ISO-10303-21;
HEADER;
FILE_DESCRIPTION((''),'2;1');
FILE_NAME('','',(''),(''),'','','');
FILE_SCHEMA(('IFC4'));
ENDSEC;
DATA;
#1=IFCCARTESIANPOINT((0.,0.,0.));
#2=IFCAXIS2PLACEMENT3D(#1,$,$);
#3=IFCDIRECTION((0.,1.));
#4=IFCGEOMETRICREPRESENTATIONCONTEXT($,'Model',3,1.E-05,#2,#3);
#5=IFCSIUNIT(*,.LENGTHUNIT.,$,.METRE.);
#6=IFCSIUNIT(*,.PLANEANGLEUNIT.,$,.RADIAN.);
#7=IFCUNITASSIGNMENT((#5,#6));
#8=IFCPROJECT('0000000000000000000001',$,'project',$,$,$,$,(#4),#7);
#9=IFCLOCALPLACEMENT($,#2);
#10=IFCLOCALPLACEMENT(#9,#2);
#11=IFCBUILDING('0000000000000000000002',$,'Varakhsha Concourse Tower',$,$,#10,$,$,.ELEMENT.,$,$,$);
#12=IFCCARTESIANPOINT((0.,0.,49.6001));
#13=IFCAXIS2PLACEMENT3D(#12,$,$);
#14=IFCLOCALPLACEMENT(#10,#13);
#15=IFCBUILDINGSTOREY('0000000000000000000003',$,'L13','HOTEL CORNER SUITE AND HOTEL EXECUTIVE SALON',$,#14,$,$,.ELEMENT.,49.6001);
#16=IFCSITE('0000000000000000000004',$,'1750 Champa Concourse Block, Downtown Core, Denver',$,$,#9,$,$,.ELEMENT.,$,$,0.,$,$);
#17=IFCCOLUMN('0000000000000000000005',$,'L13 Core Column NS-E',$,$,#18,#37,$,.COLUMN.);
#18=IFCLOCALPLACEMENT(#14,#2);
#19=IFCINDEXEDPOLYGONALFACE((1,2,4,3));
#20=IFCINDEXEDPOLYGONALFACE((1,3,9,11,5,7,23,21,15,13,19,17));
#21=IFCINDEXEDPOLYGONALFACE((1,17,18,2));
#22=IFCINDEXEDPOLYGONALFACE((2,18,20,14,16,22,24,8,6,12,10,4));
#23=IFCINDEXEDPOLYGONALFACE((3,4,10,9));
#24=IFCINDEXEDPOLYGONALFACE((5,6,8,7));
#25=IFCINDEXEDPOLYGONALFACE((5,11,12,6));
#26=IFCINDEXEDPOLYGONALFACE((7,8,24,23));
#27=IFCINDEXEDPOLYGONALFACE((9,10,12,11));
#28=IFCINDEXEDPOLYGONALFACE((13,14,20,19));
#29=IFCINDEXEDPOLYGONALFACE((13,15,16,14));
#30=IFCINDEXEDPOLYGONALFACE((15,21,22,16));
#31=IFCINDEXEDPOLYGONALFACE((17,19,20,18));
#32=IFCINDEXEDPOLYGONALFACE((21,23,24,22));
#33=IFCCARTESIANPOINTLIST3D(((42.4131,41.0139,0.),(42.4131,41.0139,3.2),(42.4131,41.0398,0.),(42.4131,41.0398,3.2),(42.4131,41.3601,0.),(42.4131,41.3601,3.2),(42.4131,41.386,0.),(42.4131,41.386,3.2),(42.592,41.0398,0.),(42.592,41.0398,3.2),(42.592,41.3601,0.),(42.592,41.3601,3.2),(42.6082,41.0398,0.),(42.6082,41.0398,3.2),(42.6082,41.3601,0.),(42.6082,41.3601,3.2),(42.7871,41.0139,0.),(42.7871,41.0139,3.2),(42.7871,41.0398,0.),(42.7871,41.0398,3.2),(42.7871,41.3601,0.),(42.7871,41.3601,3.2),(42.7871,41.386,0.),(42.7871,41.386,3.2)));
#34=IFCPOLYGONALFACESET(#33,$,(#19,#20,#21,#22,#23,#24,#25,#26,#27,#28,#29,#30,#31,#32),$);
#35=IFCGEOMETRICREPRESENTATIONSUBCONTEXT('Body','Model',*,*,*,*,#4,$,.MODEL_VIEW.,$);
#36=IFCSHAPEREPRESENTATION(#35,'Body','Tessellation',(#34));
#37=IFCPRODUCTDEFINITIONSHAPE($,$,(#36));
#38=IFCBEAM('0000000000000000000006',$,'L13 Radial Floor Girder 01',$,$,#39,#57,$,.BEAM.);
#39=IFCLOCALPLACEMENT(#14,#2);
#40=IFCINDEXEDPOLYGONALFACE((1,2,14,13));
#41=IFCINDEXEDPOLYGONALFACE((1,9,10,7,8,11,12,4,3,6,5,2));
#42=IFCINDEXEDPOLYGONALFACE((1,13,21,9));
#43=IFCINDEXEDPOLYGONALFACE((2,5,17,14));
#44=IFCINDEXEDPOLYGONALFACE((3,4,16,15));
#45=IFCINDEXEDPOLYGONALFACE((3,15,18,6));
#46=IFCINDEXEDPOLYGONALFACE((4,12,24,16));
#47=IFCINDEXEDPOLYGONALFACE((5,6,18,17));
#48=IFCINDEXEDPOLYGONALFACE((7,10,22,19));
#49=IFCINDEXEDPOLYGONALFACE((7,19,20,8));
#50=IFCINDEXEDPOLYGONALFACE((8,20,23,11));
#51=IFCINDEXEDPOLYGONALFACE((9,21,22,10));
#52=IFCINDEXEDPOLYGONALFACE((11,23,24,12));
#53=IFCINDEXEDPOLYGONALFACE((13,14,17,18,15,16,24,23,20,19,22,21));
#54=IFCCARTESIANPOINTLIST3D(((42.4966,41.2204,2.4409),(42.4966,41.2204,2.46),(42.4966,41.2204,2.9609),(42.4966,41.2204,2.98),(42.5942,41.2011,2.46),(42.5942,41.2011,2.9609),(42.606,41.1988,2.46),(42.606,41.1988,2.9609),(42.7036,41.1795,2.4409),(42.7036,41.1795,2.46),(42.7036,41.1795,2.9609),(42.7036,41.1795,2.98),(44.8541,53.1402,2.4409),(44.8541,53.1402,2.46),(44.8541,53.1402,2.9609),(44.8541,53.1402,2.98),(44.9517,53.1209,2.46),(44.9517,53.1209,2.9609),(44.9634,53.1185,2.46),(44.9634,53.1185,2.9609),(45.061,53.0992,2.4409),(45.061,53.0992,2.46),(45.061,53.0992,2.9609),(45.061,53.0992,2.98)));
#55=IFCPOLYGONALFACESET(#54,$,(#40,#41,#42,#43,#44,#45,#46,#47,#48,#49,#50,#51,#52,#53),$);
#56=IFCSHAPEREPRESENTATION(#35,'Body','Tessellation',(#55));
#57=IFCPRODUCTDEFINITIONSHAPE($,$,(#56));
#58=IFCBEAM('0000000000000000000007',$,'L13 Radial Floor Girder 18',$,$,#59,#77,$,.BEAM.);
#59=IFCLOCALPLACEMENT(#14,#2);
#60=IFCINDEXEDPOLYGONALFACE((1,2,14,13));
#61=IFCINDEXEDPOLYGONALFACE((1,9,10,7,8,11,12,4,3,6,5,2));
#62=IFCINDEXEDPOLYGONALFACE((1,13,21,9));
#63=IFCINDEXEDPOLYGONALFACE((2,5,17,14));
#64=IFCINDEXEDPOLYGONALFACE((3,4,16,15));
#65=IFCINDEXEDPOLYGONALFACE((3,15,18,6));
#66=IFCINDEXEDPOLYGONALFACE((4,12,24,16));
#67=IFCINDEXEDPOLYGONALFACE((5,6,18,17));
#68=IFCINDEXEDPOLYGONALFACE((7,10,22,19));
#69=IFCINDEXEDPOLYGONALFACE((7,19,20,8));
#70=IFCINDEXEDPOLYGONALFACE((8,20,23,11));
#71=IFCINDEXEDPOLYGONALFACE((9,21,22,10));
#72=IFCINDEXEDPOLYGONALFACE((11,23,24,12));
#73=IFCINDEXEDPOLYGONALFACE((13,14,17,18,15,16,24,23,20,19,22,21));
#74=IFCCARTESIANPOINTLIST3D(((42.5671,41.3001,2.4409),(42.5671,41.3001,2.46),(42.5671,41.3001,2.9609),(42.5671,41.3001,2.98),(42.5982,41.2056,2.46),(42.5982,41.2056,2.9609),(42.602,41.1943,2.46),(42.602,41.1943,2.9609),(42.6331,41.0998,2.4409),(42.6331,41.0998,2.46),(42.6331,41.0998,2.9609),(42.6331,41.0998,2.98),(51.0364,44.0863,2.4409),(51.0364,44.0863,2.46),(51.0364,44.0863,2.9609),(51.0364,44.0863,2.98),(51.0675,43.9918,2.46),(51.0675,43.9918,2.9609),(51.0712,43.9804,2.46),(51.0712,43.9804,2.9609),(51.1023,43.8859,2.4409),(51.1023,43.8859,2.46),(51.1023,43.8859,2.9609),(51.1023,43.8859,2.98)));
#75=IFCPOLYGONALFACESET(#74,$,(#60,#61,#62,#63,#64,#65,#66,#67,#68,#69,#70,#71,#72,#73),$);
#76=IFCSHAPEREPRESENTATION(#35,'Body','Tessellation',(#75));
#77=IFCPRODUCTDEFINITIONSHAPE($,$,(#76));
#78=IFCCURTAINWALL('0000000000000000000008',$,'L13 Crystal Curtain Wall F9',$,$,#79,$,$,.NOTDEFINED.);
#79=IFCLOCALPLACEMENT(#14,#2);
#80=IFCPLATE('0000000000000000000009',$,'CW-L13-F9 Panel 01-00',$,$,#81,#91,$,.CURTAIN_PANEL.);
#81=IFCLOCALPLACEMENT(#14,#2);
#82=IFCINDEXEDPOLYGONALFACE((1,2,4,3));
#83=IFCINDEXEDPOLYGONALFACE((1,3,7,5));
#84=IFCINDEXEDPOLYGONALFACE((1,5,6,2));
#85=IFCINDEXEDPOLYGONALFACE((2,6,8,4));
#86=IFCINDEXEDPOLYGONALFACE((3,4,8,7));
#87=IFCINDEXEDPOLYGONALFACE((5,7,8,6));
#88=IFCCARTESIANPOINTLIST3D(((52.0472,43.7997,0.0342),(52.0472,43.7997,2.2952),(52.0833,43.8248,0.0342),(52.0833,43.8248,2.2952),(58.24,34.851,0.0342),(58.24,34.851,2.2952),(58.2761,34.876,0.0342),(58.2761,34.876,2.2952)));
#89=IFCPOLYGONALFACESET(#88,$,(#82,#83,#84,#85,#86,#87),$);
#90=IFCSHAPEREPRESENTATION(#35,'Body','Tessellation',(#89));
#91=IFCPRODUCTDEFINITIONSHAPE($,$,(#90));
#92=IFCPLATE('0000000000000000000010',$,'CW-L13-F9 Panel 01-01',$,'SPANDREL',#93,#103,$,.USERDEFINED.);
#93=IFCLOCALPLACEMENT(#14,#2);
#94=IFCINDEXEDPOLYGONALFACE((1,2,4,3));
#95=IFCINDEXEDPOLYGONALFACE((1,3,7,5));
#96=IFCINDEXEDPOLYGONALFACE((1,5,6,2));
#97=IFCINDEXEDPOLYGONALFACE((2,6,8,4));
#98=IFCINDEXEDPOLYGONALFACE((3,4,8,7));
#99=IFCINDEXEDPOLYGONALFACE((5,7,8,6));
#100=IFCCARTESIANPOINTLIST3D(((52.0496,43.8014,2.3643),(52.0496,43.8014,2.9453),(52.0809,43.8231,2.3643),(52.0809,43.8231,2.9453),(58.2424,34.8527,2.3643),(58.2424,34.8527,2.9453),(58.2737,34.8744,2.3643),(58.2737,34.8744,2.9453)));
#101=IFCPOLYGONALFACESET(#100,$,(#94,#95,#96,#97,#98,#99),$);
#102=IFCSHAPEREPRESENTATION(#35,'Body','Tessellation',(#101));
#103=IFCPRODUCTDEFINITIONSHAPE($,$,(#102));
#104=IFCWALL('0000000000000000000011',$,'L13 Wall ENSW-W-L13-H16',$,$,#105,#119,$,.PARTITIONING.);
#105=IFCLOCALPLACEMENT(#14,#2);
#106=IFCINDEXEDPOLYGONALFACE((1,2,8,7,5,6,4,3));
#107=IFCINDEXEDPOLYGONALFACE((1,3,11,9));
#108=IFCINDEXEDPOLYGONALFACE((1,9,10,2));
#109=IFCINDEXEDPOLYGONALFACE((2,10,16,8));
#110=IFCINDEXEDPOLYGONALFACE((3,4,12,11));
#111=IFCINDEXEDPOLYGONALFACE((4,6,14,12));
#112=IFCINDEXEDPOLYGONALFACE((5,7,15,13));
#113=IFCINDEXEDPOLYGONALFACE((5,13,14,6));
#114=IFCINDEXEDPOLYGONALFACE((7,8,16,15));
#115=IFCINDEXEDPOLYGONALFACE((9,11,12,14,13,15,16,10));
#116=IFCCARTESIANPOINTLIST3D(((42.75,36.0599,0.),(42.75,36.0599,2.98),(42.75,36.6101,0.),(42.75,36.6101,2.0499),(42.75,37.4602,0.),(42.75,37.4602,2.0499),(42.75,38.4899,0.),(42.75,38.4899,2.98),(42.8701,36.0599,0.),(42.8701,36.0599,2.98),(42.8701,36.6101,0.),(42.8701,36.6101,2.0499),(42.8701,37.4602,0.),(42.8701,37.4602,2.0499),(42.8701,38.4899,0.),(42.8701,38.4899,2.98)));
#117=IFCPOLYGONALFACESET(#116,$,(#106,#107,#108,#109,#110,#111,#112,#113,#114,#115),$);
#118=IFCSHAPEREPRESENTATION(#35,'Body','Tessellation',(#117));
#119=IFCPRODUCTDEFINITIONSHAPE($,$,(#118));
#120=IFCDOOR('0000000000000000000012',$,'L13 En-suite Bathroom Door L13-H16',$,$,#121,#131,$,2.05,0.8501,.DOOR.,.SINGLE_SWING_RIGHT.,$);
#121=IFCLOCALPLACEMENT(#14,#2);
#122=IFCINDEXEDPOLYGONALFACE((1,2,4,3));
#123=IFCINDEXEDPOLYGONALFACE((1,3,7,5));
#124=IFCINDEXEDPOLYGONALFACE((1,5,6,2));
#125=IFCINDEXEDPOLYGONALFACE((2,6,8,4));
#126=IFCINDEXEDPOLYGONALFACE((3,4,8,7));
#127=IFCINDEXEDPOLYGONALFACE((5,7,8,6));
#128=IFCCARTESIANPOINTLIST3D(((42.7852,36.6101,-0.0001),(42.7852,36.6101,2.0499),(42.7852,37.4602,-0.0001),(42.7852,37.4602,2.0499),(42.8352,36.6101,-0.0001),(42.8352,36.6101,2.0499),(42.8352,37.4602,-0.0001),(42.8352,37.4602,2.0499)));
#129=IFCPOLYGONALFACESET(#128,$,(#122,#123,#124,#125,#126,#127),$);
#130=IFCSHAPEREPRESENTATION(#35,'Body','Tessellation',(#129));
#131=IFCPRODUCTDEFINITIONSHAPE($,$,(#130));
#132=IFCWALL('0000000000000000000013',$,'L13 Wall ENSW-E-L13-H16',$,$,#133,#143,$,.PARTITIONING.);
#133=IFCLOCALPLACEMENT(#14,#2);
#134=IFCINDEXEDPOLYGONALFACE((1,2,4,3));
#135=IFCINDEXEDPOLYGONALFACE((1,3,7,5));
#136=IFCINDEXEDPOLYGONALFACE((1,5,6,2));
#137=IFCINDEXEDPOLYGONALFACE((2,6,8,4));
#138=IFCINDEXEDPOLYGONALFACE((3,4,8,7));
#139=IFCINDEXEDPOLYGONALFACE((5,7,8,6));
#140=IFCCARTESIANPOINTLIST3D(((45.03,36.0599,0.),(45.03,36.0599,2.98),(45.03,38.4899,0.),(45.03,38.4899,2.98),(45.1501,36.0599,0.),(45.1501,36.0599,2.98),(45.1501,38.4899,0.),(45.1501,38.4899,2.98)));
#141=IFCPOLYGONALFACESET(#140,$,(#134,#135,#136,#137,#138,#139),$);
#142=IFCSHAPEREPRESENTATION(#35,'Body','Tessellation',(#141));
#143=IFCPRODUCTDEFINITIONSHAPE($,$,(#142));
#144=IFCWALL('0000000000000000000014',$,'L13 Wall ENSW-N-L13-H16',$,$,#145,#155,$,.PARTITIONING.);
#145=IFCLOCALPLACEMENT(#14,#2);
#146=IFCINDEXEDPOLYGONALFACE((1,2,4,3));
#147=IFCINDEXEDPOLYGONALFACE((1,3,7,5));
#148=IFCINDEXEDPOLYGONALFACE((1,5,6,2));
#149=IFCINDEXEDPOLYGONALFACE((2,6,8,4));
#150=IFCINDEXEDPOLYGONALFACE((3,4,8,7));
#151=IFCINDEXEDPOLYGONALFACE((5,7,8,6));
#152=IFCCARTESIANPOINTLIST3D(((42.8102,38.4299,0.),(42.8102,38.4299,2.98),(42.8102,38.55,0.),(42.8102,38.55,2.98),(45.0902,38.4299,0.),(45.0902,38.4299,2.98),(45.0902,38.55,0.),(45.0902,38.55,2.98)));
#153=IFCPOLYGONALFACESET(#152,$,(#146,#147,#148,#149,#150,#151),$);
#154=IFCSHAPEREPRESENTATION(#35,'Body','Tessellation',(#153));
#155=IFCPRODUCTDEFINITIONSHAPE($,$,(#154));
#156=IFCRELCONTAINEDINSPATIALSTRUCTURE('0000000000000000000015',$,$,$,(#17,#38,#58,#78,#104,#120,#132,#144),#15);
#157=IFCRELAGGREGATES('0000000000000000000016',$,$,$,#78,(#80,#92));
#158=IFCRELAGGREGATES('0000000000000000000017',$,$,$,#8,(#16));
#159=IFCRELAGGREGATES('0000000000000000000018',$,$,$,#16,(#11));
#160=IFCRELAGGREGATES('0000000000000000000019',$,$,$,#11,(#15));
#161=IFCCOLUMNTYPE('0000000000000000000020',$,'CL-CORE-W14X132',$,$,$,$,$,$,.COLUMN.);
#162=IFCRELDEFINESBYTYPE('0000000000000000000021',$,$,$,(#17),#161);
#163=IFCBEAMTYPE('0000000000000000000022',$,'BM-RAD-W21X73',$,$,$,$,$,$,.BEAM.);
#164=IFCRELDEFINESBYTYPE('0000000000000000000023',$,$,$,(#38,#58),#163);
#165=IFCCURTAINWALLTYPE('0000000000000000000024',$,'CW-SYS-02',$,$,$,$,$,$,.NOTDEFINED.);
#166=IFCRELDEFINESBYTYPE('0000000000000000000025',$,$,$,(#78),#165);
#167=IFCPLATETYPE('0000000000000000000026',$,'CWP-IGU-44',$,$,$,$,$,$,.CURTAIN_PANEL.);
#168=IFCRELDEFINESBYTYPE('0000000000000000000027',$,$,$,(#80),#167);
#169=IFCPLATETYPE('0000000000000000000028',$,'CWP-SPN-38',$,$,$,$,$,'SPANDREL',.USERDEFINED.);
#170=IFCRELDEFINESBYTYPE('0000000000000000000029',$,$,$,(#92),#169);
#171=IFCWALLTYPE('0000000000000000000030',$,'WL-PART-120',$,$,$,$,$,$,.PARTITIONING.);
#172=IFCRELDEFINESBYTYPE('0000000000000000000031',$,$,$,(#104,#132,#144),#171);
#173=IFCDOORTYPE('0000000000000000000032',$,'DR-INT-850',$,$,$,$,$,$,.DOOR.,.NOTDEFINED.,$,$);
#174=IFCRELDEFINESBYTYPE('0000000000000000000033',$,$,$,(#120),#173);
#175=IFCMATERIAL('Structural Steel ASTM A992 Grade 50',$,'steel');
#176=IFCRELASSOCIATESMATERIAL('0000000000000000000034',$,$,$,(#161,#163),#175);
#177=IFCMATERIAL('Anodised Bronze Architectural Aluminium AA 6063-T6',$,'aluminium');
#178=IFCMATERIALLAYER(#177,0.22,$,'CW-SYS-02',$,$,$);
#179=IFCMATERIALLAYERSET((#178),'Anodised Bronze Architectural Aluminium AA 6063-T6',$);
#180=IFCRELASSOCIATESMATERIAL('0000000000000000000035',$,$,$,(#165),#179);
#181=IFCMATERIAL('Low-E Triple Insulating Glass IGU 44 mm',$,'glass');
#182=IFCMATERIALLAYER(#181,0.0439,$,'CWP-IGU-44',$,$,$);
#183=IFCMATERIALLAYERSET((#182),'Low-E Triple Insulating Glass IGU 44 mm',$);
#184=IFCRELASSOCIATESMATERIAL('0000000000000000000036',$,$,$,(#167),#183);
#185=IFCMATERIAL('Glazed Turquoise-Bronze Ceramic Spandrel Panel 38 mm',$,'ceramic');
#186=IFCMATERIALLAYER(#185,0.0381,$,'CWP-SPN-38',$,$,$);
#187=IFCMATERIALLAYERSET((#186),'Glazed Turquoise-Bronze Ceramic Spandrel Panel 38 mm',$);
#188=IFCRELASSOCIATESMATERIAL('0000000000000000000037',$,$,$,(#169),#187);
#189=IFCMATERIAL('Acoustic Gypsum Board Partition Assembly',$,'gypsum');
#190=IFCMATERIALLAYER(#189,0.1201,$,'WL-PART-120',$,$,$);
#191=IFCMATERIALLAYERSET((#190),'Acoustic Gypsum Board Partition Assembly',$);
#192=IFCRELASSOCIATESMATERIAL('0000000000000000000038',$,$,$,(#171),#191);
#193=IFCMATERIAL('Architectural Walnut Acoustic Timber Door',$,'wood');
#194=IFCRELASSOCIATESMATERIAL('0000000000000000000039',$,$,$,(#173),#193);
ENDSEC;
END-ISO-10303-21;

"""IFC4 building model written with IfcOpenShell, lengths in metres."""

from ifc_helpers import new_model, si_unit, direction, frame, frame_2d, origin, origin_2d, place, context, subcontext, project, spatial, rectangle, i_section, extrude, source, transform, mapped, material, layer, layer_set, material_profile, profile_set, type_object, type_shapes, element, fill, aggregate, save


model = new_model("IFC4")

# Units and contexts
model_context = context("Model", 3, precision=1e-05, world=origin(), true_north=direction((0.0, 1.0)))
body_context = subcontext(model_context, "Body", "Model", "MODEL_VIEW")
ifc_project = project(units=[si_unit("LENGTHUNIT", "METRE"), si_unit("PLANEANGLEUNIT", "RADIAN")], contexts=[model_context])

# Site, building, storey
site_placement = place(None, origin())
site = spatial("IfcSite", under=ifc_project, at=site_placement, Name="1750 Champa Concourse Block, Downtown Core, Denver", CompositionType="ELEMENT", RefElevation=0.0)
building_placement = place(site_placement, origin())
building = spatial("IfcBuilding", under=site, at=building_placement, Name="Varakhsha Concourse Tower", CompositionType="ELEMENT")
storey_placement = place(building_placement, frame((0.0, 0.0, 49.6001)))
storey = spatial("IfcBuildingStorey", under=building, at=storey_placement, Name="L13", Description="HOTEL CORNER SUITE AND HOTEL EXECUTIVE SALON", CompositionType="ELEMENT", Elevation=49.6001)

# Column
ifc_material_1 = material(Name="Structural Steel ASTM A992 Grade 50", Category="steel")
ifc_material_profile_1 = material_profile(ifc_material_1, i_section(OverallWidth=0.374, OverallDepth=0.3721, WebThickness=0.0161, FlangeThickness=0.0259, at=origin_2d()), Name="W14X132")
ifc_profile_set_1 = profile_set([ifc_material_profile_1], Name="Structural Steel ASTM A992 Grade 50")
column_type = type_object("IfcColumnType", Name="CL-CORE-W14X132", PredefinedType="COLUMN", material=ifc_profile_set_1)
column_placement = place(storey_placement, frame((42.6001, 41.2, 0.0), z_axis=(0.0, 0.0, 1.0), x_axis=(1.0, 0.0, 0.0)))
element("IfcColumn", 1, at=column_placement, inside=storey, type_object=column_type, Name="L13 Core Column NS-E", PredefinedType="COLUMN", context=body_context, shape_type="SweptSolid", body=[
    extrude(i_section(OverallWidth=0.374, OverallDepth=0.3721, WebThickness=0.0161, FlangeThickness=0.0259, at=origin_2d()), origin(), (0.0, 0.0, 1.0), 3.2),
])

# Beams
ifc_material_profile_2 = material_profile(ifc_material_1, i_section(OverallWidth=0.2109, OverallDepth=0.5391, WebThickness=0.012, FlangeThickness=0.019, at=origin_2d()), Name="W21X73")
ifc_profile_set_2 = profile_set([ifc_material_profile_2], Name="Structural Steel ASTM A992 Grade 50")
beam_type = type_object("IfcBeamType", Name="BM-RAD-W21X73", PredefinedType="BEAM", material=ifc_profile_set_2)
beam_1_placement = place(storey_placement, frame((42.6001, 41.2, 2.7104), z_axis=(0.194018, 0.980998, 0.0), x_axis=(-0.980998, 0.194018, 0.0)))
element("IfcBeam", 2, at=beam_1_placement, inside=storey, type_object=beam_type, Name="L13 Radial Floor Girder 01", PredefinedType="BEAM", context=body_context, shape_type="SweptSolid", body=[
    extrude(i_section(OverallWidth=0.2109, OverallDepth=0.5391, WebThickness=0.012, FlangeThickness=0.019, at=origin_2d()), origin(), (0.0, 0.0, 1.0), 12.1506),
])
beam_2_placement = place(storey_placement, frame((42.6001, 41.2, 2.7104), z_axis=(0.949919, 0.312496, 0.0), x_axis=(-0.312496, 0.949919, 0.0)))
element("IfcBeam", 3, at=beam_2_placement, inside=storey, type_object=beam_type, Name="L13 Radial Floor Girder 18", PredefinedType="BEAM", context=body_context, shape_type="SweptSolid", body=[
    extrude(i_section(OverallWidth=0.2109, OverallDepth=0.5391, WebThickness=0.012, FlangeThickness=0.019, at=origin_2d()), origin(), (0.0, 0.0, 1.0), 8.9158),
])

# Curtain wall, plates
ifc_material_2 = material(Name="Anodised Bronze Architectural Aluminium AA 6063-T6", Category="aluminium")
ifc_layer_1 = layer(ifc_material_2, 0.22, Name="CW-SYS-02")
ifc_layer_set_1 = layer_set([ifc_layer_1], Name="Anodised Bronze Architectural Aluminium AA 6063-T6")
curtain_wall_type = type_object("IfcCurtainWallType", Name="CW-SYS-02", PredefinedType="NOTDEFINED", material=ifc_layer_set_1)
curtain_wall_placement = place(storey_placement, origin())
curtain_wall = element("IfcCurtainWall", 4, at=curtain_wall_placement, inside=storey, type_object=curtain_wall_type, Name="L13 Crystal Curtain Wall F9", PredefinedType="NOTDEFINED")
ifc_material_3 = material(Name="Low-E Triple Insulating Glass IGU 44 mm", Category="glass")
ifc_layer_2 = layer(ifc_material_3, 0.0439, Name="CWP-IGU-44")
ifc_layer_set_2 = layer_set([ifc_layer_2], Name="Low-E Triple Insulating Glass IGU 44 mm")
plate_type_1 = type_object("IfcPlateType", Name="CWP-IGU-44", PredefinedType="CURTAIN_PANEL", material=ifc_layer_set_2)
shared_shape_1 = source(origin(), body_context, "Body", "SweptSolid", [
    extrude(rectangle(XDim=10.8826, YDim=0.0439, at=origin_2d()), origin(), (0.0, 0.0, 1.0), 2.261),
])
type_shapes(plate_type_1, [shared_shape_1])
plate_1_placement = place(storey_placement, frame((55.1616, 39.3379, 0.0342), z_axis=(0.0, 0.0, 1.0), x_axis=(0.569057, -0.822298, 0.0)))
plate_1 = element("IfcPlate", 5, at=plate_1_placement, type_object=plate_type_1, Name="CW-L13-F9 Panel 01-00", PredefinedType="CURTAIN_PANEL", context=body_context, shape_type="MappedRepresentation", body=[
    mapped(shared_shape_1, transform((0.0, 0.0, 0.0), scale=1.0)),
])
ifc_material_4 = material(Name="Glazed Turquoise-Bronze Ceramic Spandrel Panel 38 mm", Category="ceramic")
ifc_layer_3 = layer(ifc_material_4, 0.0381, Name="CWP-SPN-38")
ifc_layer_set_3 = layer_set([ifc_layer_3], Name="Glazed Turquoise-Bronze Ceramic Spandrel Panel 38 mm")
plate_type_2 = type_object("IfcPlateType", Name="CWP-SPN-38", ElementType="SPANDREL", PredefinedType="USERDEFINED", material=ifc_layer_set_3)
shared_shape_2 = source(origin(), body_context, "Body", "SweptSolid", [
    extrude(rectangle(XDim=10.8826, YDim=0.0381, at=origin_2d()), origin(), (0.0, 0.0, 1.0), 0.5811),
])
type_shapes(plate_type_2, [shared_shape_2])
plate_2_placement = place(storey_placement, frame((55.1616, 39.3379, 2.3643), z_axis=(0.0, 0.0, 1.0), x_axis=(0.569057, -0.822298, 0.0)))
plate_2 = element("IfcPlate", 6, at=plate_2_placement, type_object=plate_type_2, Name="CW-L13-F9 Panel 01-01", ObjectType="SPANDREL", PredefinedType="USERDEFINED", context=body_context, shape_type="MappedRepresentation", body=[
    mapped(shared_shape_2, transform((0.0, 0.0, 0.0), scale=1.0)),
])
aggregate(curtain_wall, [plate_1, plate_2])

# Wall, opening, door
ifc_material_5 = material(Name="Acoustic Gypsum Board Partition Assembly", Category="gypsum")
ifc_layer_4 = layer(ifc_material_5, 0.1201, Name="WL-PART-120")
ifc_layer_set_4 = layer_set([ifc_layer_4], Name="Acoustic Gypsum Board Partition Assembly")
wall_type_1 = type_object("IfcWallType", Name="WL-PART-120", PredefinedType="PARTITIONING", material=ifc_layer_set_4)
wall_1_placement = place(storey_placement, frame((42.8101, 36.0601, 0.0), z_axis=(0.0, 0.0, 1.0), x_axis=(0.0, 1.0, 0.0)))
wall_1 = element("IfcWall", 7, at=wall_1_placement, inside=storey, type_object=wall_type_1, Name="L13 Wall ENSW-W-L13-H16", PredefinedType="PARTITIONING", context=body_context, shape_type="SweptSolid", body=[
    extrude(rectangle(XDim=2.4299, YDim=0.1201, at=frame_2d((1.2148, 0.0))), origin(), (0.0, 0.0, 1.0), 2.98),
])
opening_1_placement = place(wall_1_placement, frame((0.55, 0.0, 0.0)))
opening_1 = element("IfcOpeningElement", 8, at=opening_1_placement, cuts=wall_1, PredefinedType="OPENING", context=body_context, shape_type="SweptSolid", body=[
    extrude(rectangle(XDim=0.8501, YDim=2.05, at=frame_2d((0.425, 1.0249))), frame((0.0, 0.0701, 0.0), z_axis=(0.0, -1.0, 0.0), x_axis=(1.0, 0.0, 0.0)), (0.0, 0.0, 1.0), 0.1401),
])
ifc_material_6 = material(Name="Architectural Walnut Acoustic Timber Door", Category="wood")
door_type = type_object("IfcDoorType", Name="DR-INT-850", OperationType="NOTDEFINED", PredefinedType="DOOR", material=ifc_material_6)
door_1_placement = place(opening_1_placement, origin())
door_1 = element("IfcDoor", 9, at=door_1_placement, inside=storey, type_object=door_type, Name="L13 En-suite Bathroom Door L13-H16", OperationType="SINGLE_SWING_RIGHT", OverallHeight=2.05, OverallWidth=0.8501, PredefinedType="DOOR", context=body_context, shape_type="SweptSolid", body=[
    extrude(rectangle(XDim=0.8501, YDim=2.05, at=frame_2d((0.425, 1.0249))), frame((0.0, 0.0249, 0.0), z_axis=(0.0, -1.0, 0.0), x_axis=(1.0, 0.0, 0.0)), (0.0, 0.0, 1.0), 0.05),
])
fill(opening_1, door_1)

# Walls
wall_2_placement = place(storey_placement, frame((45.0901, 36.0601, 0.0), z_axis=(0.0, 0.0, 1.0), x_axis=(0.0, 1.0, 0.0)))
element("IfcWall", 10, at=wall_2_placement, inside=storey, type_object=wall_type_1, Name="L13 Wall ENSW-E-L13-H16", PredefinedType="PARTITIONING", context=body_context, shape_type="SweptSolid", body=[
    extrude(rectangle(XDim=2.4299, YDim=0.1201, at=frame_2d((1.2148, 0.0))), origin(), (0.0, 0.0, 1.0), 2.98),
])
wall_3_placement = place(storey_placement, frame((42.8101, 38.49, 0.0), z_axis=(0.0, 0.0, 1.0), x_axis=(1.0, 0.0, 0.0)))
element("IfcWall", 11, at=wall_3_placement, inside=storey, type_object=wall_type_1, Name="L13 Wall ENSW-N-L13-H16", PredefinedType="PARTITIONING", context=body_context, shape_type="SweptSolid", body=[
    extrude(rectangle(XDim=2.28, YDim=0.1201, at=frame_2d((1.1401, 0.0))), origin(), (0.0, 0.0, 1.0), 2.98),
])

save(model, "model.ifc")
